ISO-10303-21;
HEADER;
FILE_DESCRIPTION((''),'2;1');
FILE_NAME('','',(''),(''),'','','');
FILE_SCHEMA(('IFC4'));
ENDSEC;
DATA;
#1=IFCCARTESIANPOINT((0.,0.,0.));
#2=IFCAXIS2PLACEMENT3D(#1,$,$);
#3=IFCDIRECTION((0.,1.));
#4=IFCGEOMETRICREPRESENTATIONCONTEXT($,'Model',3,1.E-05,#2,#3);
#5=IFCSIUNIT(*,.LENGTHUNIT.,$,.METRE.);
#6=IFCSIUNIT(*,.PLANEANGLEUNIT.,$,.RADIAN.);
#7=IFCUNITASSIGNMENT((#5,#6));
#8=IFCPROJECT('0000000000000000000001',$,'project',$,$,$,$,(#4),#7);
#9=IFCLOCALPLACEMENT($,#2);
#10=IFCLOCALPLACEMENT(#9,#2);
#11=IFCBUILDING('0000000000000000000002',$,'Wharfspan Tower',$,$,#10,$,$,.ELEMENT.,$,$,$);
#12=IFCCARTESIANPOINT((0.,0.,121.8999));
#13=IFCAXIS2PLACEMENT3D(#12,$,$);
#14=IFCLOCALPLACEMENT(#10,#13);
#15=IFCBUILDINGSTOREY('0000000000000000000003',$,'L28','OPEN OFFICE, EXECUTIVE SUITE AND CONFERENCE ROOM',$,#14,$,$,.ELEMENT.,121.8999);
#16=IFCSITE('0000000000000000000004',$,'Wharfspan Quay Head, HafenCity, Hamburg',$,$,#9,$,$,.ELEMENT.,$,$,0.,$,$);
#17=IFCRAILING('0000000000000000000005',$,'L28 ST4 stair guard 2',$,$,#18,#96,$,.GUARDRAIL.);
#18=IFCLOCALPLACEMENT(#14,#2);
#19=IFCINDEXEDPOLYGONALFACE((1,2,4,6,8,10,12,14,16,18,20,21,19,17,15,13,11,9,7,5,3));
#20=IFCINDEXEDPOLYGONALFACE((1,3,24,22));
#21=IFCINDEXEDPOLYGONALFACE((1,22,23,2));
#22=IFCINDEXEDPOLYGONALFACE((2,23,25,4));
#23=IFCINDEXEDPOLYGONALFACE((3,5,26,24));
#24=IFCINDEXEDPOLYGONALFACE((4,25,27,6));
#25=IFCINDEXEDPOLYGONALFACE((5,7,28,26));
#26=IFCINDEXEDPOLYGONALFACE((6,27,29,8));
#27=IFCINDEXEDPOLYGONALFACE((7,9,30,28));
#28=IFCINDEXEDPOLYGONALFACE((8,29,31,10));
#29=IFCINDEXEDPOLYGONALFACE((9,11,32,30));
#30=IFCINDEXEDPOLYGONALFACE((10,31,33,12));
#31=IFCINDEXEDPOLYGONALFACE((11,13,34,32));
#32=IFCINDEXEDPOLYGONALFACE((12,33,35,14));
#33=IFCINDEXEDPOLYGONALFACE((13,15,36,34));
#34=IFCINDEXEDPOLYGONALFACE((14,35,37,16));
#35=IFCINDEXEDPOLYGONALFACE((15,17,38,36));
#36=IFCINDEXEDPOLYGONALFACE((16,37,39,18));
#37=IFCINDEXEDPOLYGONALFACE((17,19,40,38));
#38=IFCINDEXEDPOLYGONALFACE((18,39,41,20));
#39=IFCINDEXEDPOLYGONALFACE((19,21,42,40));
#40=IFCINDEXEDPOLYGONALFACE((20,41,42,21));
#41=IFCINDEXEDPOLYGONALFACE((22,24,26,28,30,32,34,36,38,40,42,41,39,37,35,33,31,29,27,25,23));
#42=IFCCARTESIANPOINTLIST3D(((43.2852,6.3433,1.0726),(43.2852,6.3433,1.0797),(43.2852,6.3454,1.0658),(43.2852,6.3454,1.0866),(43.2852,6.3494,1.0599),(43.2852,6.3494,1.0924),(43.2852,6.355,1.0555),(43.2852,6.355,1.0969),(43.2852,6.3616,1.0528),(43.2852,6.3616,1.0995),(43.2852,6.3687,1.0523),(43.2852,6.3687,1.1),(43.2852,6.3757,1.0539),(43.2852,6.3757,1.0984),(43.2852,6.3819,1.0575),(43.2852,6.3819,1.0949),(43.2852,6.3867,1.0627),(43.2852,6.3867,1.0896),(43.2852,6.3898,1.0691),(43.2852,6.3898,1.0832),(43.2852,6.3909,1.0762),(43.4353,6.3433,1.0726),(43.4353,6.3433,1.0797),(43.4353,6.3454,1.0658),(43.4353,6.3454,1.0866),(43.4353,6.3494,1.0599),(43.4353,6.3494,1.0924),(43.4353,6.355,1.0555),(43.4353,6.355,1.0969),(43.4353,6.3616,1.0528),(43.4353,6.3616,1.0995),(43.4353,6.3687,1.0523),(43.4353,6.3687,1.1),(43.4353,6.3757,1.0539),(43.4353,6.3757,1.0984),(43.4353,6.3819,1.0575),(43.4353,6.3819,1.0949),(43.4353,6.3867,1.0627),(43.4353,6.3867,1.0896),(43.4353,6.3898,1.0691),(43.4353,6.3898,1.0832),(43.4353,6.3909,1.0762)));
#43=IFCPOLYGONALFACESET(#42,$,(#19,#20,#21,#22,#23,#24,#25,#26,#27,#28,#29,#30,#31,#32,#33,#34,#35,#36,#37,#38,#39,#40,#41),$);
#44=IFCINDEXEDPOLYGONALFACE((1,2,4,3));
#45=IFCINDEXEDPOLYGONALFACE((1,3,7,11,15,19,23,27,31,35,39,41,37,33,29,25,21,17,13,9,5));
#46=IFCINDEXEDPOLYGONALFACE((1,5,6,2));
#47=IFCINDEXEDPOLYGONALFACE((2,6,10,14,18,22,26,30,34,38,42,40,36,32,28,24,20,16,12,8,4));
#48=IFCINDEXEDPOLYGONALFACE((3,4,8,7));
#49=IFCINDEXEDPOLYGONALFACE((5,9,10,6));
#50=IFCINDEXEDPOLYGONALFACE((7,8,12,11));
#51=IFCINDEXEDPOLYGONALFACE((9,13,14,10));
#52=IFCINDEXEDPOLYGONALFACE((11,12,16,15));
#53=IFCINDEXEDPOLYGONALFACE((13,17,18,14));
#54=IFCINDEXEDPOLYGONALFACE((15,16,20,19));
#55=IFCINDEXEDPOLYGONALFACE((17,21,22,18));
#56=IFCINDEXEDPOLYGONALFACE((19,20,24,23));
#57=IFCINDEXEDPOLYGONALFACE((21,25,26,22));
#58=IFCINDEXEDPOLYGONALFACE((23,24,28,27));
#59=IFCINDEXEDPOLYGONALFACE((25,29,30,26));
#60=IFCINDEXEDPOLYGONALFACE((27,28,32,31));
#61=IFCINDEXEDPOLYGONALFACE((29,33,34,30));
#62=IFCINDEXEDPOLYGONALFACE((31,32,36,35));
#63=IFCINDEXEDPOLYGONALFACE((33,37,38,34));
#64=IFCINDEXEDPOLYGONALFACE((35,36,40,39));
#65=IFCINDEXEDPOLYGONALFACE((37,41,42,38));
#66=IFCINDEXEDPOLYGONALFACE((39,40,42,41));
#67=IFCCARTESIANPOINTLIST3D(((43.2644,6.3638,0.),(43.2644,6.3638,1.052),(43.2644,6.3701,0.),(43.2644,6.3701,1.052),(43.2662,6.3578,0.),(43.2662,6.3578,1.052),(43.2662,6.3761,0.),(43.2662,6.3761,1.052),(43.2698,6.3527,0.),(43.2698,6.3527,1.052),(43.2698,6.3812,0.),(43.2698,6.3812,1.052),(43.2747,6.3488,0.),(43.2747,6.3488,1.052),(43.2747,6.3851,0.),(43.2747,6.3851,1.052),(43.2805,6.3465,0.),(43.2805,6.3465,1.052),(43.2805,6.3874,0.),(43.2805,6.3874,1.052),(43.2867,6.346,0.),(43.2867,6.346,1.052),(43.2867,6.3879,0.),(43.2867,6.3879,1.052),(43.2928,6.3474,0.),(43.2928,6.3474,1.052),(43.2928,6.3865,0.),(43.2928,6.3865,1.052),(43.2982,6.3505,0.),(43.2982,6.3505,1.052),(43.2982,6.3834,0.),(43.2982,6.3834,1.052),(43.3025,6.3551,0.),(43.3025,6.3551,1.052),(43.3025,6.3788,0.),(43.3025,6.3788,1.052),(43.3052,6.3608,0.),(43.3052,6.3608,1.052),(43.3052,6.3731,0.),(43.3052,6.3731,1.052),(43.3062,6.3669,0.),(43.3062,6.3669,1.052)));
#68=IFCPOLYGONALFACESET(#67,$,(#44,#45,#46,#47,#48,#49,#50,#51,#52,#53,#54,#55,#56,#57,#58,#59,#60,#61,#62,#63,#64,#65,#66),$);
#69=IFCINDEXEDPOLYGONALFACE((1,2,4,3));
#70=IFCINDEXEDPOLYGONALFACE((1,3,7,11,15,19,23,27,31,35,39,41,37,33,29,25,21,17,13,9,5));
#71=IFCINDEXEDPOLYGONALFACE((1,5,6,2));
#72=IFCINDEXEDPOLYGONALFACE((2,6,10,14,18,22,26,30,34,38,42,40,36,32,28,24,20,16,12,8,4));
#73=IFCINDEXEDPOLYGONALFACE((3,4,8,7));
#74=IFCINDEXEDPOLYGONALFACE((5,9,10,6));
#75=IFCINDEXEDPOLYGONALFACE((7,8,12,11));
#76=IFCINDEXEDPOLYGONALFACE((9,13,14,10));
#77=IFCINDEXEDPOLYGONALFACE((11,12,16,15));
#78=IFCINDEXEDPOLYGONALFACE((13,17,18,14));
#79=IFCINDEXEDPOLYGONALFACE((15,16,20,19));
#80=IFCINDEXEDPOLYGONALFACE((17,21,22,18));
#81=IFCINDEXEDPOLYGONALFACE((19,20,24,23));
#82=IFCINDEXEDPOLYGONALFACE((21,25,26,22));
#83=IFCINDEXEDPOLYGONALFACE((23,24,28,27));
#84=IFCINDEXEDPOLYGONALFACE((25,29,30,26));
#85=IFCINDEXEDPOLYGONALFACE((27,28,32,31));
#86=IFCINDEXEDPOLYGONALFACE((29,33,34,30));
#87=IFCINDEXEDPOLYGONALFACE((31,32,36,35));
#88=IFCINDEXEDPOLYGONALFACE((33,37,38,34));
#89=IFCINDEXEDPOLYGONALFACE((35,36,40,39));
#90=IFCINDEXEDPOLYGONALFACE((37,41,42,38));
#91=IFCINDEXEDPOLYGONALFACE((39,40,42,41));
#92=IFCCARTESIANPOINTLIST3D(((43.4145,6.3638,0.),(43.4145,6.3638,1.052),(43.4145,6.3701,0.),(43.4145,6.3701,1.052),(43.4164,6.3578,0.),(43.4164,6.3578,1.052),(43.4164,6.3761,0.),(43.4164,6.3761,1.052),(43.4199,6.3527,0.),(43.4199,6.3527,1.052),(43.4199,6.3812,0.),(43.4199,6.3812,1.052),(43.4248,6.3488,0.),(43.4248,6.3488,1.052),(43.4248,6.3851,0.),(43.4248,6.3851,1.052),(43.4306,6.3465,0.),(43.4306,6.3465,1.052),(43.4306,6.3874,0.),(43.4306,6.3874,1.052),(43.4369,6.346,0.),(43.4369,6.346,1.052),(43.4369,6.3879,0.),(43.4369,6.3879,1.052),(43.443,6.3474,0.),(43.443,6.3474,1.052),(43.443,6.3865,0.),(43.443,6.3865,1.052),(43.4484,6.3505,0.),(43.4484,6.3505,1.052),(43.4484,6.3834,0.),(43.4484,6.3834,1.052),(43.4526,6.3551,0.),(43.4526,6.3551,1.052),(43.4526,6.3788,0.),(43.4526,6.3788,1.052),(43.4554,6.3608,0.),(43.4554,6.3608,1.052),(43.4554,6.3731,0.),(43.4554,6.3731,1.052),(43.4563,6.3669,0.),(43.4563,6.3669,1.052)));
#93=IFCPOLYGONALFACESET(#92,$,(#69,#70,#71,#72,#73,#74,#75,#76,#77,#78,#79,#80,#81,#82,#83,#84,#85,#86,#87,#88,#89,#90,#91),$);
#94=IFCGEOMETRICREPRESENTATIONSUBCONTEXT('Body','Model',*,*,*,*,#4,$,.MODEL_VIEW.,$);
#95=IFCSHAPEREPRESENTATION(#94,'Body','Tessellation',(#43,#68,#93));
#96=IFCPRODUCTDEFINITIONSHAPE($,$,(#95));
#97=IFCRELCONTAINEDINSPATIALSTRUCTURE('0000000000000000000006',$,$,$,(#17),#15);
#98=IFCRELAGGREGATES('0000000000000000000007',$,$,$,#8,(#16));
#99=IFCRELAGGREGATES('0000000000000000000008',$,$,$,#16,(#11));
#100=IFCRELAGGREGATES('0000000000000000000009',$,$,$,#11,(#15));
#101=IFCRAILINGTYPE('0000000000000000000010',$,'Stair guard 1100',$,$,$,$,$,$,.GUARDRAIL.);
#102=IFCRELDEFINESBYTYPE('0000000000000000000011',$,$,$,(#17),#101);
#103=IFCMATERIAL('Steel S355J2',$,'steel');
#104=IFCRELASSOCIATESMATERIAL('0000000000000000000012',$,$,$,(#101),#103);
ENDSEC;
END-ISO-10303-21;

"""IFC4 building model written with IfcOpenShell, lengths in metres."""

from ifc_helpers import new_model, si_unit, direction, frame, origin, origin_2d, place, context, subcontext, project, spatial, circle, extrude, material, type_object, element, save


model = new_model("IFC4")

# Units and contexts
model_context = context("Model", 3, precision=1e-05, world=origin(), true_north=direction((0.0, 1.0)))
body_context = subcontext(model_context, "Body", "Model", "MODEL_VIEW")
ifc_project = project(units=[si_unit("LENGTHUNIT", "METRE"), si_unit("PLANEANGLEUNIT", "RADIAN")], contexts=[model_context])

# Site, building, storey
site_placement = place(None, origin())
site = spatial("IfcSite", under=ifc_project, at=site_placement, Name="Wharfspan Quay Head, HafenCity, Hamburg", CompositionType="ELEMENT", RefElevation=0.0)
building_placement = place(site_placement, origin())
building = spatial("IfcBuilding", under=site, at=building_placement, Name="Wharfspan Tower", CompositionType="ELEMENT")
storey_placement = place(building_placement, frame((0.0, 0.0, 121.8999)))
storey = spatial("IfcBuildingStorey", under=building, at=storey_placement, Name="L28", Description="OPEN OFFICE, EXECUTIVE SUITE AND CONFERENCE ROOM", CompositionType="ELEMENT", Elevation=121.8999)

# Shared definitions
ifc_material_1 = material(Name="Steel S355J2", Category="steel")

# Railing
railing_type_1 = type_object("IfcRailingType", Name="Stair guard 1100", PredefinedType="GUARDRAIL", material=ifc_material_1)
railing_1_placement = place(storey_placement, frame((43.2852, 6.3669, 0.0)))
element("IfcRailing", 1, at=railing_1_placement, inside=storey, type_object=railing_type_1, Name="L28 ST4 stair guard 2", PredefinedType="GUARDRAIL", context=body_context, shape_type="SweptSolid", body=[
    extrude(circle(Radius=0.0239, at=origin_2d()), frame((0.0, 0.0, 1.0762), z_axis=(1.0, 0.0, 0.0), x_axis=(0.0, 1.0, 0.0)), (0.0, 0.0, 1.0), 0.1501),
    extrude(circle(Radius=0.021, at=origin_2d()), origin(), (0.0, 0.0, 1.0), 1.052),
    extrude(circle(Radius=0.021, at=origin_2d()), frame((0.1501, 0.0, 0.0)), (0.0, 0.0, 1.0), 1.052),
])

save(model, "model.ifc")
